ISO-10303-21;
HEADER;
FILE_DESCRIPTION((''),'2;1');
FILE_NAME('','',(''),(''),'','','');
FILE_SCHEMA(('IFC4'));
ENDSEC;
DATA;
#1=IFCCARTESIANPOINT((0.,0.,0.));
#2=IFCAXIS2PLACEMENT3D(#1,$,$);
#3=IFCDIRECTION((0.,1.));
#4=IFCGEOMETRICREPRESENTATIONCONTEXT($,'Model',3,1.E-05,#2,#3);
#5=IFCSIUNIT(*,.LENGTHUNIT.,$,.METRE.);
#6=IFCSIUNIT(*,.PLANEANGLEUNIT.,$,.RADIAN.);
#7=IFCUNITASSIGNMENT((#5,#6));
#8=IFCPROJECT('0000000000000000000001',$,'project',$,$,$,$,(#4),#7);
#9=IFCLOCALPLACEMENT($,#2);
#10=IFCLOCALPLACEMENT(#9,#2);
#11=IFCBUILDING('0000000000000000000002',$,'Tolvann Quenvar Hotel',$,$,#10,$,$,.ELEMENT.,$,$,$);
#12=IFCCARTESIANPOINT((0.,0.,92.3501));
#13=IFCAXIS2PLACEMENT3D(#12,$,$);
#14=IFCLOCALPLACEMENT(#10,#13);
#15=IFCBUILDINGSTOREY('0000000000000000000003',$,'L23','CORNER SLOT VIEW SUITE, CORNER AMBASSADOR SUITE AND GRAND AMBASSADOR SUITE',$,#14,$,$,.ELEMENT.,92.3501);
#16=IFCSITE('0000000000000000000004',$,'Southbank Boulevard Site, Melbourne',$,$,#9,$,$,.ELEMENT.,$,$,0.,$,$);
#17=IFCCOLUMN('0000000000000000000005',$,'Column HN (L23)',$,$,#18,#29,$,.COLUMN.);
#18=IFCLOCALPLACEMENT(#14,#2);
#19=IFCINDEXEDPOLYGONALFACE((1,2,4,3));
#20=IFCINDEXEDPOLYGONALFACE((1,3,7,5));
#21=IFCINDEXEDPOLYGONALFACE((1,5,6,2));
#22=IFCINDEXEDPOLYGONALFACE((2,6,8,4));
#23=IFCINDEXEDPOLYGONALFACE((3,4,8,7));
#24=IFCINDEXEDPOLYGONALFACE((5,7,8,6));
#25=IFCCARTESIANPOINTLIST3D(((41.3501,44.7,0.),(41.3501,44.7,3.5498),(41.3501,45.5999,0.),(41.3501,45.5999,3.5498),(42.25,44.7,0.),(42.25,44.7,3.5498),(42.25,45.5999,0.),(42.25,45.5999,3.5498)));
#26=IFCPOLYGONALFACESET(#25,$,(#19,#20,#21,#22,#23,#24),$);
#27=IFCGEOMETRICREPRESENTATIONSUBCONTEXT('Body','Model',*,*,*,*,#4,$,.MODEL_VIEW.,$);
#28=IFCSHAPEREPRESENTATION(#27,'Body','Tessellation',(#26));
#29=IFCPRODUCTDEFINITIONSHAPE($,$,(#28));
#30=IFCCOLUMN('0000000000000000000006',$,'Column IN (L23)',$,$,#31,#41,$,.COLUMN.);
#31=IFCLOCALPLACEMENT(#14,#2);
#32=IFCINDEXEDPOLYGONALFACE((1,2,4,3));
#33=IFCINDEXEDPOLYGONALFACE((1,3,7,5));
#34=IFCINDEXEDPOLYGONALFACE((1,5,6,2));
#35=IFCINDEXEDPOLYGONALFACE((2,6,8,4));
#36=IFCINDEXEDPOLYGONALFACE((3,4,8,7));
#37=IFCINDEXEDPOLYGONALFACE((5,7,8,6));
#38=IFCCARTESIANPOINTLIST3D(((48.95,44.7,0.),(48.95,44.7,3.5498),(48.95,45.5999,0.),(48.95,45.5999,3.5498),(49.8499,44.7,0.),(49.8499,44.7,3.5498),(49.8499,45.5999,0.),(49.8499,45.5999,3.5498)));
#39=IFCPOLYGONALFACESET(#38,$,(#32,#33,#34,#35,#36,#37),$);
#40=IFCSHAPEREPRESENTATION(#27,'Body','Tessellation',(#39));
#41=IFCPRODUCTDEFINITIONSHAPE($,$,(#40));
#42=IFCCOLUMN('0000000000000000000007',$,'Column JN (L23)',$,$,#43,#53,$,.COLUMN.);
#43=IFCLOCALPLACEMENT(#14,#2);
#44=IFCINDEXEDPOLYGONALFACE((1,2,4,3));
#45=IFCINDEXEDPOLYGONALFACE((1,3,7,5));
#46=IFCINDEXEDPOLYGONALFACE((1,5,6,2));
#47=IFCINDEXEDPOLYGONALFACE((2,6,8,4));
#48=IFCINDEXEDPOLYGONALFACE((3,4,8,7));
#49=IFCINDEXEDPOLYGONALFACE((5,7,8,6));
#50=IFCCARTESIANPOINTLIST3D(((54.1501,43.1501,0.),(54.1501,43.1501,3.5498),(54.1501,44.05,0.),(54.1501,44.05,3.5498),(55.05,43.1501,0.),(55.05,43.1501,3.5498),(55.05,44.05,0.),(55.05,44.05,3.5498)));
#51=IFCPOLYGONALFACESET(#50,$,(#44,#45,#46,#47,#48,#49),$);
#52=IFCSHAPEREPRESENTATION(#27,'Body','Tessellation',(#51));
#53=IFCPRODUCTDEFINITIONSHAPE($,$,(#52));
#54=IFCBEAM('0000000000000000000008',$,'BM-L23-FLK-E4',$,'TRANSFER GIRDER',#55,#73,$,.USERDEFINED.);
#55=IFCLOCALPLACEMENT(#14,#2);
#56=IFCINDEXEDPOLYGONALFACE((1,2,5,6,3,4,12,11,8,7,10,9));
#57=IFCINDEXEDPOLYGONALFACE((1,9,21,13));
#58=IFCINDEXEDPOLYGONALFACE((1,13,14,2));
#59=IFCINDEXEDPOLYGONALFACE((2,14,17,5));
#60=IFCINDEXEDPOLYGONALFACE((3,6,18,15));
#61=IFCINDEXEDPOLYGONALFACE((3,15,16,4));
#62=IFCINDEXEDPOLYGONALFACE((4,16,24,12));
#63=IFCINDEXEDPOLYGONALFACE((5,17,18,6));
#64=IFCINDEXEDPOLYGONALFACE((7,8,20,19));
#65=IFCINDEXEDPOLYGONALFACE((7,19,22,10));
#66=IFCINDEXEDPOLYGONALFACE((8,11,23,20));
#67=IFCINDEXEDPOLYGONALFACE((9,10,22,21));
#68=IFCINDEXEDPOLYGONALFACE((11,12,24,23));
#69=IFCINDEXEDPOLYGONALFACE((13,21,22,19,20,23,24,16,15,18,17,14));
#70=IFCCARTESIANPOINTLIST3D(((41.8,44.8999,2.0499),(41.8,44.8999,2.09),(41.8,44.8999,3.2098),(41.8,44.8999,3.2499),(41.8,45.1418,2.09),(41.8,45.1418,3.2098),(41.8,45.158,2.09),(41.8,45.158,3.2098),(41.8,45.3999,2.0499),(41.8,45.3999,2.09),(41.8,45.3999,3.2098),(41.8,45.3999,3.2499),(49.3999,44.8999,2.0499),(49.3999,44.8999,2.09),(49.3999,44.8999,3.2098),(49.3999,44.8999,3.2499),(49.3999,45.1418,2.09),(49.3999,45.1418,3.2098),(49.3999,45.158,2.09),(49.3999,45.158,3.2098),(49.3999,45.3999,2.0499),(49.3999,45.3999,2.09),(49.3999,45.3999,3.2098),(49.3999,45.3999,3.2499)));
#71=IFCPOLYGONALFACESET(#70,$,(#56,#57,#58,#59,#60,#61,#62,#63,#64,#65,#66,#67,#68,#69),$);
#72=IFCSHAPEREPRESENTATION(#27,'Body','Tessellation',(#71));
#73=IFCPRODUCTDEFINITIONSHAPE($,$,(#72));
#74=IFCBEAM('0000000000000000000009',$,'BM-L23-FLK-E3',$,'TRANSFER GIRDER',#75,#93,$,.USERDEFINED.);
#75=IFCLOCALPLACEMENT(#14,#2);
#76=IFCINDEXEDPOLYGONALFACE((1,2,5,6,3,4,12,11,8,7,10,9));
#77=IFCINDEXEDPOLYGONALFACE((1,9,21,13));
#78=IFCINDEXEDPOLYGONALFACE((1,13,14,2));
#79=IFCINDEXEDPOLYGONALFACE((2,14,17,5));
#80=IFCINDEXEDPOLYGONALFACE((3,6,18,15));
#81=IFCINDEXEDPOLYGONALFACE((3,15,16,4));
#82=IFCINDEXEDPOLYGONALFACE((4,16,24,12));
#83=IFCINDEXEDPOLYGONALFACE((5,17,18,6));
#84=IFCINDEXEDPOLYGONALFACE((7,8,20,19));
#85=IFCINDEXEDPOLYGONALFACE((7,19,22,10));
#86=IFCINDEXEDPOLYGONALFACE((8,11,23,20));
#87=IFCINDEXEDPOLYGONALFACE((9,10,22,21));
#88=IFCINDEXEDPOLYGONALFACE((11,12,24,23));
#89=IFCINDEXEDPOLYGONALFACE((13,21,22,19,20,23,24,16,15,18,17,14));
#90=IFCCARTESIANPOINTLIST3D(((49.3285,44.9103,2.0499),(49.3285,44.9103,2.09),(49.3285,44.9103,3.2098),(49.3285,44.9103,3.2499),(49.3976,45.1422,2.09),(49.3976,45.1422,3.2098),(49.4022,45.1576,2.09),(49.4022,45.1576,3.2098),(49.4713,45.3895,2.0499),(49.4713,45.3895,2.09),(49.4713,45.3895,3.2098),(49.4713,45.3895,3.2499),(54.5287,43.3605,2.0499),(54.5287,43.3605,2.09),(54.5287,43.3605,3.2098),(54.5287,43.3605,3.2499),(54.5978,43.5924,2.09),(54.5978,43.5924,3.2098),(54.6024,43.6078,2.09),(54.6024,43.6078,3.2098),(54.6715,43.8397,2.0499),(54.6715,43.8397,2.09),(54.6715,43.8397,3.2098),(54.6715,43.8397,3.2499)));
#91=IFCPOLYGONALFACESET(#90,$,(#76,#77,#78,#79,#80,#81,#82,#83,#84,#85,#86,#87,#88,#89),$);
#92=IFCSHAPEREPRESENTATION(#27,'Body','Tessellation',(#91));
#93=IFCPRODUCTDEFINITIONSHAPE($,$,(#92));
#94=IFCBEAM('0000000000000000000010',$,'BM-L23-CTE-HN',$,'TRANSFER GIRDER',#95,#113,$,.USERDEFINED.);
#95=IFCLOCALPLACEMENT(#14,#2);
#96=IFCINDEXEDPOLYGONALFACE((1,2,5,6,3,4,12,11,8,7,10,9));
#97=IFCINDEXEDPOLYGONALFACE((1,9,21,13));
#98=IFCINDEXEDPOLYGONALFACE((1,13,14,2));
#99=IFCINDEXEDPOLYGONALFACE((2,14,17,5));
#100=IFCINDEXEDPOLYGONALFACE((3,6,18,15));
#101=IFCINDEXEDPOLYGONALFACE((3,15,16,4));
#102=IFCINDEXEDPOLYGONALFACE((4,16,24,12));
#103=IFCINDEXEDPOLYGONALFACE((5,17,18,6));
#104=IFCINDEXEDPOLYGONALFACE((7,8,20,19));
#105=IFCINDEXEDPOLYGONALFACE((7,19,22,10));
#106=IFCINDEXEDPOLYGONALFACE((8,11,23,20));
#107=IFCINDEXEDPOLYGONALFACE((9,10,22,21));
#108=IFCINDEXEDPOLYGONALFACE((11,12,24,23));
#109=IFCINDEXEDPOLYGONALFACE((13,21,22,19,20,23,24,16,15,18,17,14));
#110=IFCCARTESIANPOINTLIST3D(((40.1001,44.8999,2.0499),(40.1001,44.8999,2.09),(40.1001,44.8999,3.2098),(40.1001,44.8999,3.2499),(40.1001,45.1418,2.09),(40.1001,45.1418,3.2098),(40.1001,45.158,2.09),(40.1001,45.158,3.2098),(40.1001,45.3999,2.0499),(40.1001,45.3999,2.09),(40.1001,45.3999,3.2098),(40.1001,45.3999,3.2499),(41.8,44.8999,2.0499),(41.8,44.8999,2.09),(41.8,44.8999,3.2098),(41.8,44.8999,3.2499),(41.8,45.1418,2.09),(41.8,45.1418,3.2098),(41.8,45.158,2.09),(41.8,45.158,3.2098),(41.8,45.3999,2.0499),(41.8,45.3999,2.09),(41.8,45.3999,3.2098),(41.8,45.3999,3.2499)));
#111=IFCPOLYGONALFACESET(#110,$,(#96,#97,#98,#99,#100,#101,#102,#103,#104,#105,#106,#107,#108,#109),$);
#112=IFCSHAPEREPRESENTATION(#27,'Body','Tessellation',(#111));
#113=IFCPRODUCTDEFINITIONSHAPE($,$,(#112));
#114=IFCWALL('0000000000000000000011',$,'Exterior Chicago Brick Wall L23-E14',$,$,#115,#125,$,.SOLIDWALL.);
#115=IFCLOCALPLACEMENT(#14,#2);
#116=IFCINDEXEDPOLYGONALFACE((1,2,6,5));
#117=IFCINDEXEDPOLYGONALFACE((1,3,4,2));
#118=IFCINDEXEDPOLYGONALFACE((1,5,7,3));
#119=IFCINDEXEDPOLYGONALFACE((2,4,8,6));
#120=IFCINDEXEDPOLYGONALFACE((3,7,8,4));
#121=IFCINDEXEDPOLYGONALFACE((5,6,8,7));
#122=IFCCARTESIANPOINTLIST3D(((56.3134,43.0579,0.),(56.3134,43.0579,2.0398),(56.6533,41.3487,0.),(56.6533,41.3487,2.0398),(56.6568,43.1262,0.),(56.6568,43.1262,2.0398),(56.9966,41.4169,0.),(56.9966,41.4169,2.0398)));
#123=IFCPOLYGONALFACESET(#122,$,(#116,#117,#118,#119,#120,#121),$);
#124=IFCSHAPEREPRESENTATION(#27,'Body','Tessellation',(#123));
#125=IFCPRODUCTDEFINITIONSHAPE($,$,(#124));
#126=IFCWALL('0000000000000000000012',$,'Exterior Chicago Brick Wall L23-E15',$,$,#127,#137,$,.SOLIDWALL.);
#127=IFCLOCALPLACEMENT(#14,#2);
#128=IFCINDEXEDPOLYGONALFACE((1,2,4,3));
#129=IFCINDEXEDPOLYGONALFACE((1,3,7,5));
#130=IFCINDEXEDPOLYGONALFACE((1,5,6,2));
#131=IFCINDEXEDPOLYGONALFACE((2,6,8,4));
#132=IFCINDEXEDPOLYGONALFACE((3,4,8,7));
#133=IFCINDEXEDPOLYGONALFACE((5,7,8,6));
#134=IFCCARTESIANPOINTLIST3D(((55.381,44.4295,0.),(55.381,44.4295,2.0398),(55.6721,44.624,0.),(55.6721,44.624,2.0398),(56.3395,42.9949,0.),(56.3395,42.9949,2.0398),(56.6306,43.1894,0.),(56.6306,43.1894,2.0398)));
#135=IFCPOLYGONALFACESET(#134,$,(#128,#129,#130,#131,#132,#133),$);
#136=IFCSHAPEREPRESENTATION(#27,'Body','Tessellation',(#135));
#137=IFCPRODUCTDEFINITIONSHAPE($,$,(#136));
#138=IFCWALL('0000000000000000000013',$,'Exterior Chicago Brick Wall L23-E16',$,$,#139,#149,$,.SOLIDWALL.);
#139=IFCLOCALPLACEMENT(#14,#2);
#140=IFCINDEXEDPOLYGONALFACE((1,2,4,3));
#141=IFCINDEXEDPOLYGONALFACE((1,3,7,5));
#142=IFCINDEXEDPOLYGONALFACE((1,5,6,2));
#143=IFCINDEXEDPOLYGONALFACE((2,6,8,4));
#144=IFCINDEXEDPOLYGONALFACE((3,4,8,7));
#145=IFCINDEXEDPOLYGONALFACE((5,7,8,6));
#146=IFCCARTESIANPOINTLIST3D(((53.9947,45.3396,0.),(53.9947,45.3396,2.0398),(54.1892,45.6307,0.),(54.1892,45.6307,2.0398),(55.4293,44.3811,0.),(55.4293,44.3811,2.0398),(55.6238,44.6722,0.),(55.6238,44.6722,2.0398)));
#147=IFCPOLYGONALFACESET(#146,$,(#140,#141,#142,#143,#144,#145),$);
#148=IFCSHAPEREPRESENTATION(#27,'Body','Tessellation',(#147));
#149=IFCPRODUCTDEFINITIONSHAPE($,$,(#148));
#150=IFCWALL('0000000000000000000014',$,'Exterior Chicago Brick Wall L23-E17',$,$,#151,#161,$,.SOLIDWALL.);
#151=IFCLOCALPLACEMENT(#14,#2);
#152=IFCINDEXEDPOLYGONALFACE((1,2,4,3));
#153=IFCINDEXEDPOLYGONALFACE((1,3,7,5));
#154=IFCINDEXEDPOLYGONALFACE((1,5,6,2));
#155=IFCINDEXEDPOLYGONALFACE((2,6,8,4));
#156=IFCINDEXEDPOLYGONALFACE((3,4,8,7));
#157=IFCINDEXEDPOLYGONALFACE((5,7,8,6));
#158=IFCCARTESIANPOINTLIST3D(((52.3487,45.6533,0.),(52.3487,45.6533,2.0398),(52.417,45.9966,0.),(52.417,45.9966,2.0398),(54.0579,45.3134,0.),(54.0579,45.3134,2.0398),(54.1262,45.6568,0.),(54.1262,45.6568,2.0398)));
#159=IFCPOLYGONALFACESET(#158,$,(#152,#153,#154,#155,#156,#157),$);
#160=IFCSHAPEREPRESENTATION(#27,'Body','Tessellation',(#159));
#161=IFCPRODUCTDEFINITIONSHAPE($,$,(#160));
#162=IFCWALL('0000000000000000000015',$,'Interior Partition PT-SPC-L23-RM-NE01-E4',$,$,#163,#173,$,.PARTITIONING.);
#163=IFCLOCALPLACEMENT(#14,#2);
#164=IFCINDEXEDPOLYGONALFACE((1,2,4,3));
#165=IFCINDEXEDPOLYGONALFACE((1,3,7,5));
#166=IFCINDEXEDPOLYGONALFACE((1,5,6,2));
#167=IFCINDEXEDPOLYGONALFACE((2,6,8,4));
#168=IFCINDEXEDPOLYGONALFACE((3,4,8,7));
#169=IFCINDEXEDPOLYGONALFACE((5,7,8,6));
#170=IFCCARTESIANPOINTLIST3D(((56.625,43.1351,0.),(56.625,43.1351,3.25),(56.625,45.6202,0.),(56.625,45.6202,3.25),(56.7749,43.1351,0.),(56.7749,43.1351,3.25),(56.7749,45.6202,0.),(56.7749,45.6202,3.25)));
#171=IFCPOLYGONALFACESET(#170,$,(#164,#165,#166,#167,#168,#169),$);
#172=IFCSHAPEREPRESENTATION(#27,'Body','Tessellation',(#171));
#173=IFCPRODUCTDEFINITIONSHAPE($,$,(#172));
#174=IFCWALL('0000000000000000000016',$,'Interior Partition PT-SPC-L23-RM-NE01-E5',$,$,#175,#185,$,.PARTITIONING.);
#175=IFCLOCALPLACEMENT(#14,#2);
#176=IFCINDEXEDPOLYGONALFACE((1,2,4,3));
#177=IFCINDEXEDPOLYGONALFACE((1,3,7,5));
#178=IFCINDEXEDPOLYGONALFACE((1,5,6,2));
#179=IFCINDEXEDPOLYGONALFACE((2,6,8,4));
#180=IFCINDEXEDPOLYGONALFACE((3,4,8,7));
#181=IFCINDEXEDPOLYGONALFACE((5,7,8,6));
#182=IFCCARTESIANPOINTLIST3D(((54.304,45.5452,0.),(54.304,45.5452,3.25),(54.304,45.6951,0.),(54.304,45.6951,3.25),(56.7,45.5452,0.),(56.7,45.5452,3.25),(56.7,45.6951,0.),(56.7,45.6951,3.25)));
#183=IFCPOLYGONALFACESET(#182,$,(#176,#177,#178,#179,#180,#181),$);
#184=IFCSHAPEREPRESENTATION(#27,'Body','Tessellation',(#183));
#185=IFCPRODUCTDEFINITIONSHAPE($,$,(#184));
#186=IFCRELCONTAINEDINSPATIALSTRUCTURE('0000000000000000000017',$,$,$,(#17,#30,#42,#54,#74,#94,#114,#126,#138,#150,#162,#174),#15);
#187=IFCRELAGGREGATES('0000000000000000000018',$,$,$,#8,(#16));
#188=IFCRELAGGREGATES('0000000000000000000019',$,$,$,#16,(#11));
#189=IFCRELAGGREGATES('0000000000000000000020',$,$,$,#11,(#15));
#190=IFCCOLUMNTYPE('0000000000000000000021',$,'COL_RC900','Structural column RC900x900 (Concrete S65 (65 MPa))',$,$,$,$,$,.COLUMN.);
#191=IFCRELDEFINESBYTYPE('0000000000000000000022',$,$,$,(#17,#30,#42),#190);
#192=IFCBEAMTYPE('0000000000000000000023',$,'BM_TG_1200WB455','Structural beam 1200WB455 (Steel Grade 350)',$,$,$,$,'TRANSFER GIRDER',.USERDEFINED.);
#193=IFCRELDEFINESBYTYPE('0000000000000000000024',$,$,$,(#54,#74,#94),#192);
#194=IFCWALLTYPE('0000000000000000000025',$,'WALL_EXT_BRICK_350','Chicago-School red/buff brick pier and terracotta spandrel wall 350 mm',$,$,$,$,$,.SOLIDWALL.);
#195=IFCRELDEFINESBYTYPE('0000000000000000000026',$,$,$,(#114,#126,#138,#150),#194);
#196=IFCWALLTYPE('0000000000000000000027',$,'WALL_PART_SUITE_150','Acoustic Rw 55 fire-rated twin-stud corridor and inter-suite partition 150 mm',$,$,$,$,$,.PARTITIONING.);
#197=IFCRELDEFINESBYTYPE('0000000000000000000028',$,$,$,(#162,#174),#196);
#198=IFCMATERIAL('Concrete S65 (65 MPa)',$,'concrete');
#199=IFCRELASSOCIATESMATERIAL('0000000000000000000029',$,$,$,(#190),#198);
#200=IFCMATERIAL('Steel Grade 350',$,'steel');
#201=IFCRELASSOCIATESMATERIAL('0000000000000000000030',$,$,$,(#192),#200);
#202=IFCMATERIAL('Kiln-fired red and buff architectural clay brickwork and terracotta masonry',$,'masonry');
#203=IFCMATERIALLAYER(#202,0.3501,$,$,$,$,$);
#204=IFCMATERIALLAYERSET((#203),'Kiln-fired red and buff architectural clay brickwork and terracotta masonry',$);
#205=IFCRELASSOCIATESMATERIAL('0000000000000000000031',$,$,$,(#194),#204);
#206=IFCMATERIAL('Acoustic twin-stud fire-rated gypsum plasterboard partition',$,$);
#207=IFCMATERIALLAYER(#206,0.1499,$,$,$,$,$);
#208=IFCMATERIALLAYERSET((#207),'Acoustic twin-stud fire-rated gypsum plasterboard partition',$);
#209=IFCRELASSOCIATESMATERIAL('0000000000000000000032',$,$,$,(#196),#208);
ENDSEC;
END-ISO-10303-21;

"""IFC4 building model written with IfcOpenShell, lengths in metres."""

from ifc_helpers import new_model, si_unit, direction, frame, frame_2d, origin, origin_2d, place, context, subcontext, project, spatial, rectangle, i_section, extrude, source, transform, mapped, material, layer, layer_set, material_profile, profile_set, type_object, type_shapes, element, save


model = new_model("IFC4")

# Units and contexts
model_context = context("Model", 3, precision=1e-05, world=origin(), true_north=direction((0.0, 1.0)))
body_context = subcontext(model_context, "Body", "Model", "MODEL_VIEW")
ifc_project = project(units=[si_unit("LENGTHUNIT", "METRE"), si_unit("PLANEANGLEUNIT", "RADIAN")], contexts=[model_context])

# Site, building, storey
site_placement = place(None, origin())
site = spatial("IfcSite", under=ifc_project, at=site_placement, Name="Southbank Boulevard Site, Melbourne", CompositionType="ELEMENT", RefElevation=0.0)
building_placement = place(site_placement, origin())
building = spatial("IfcBuilding", under=site, at=building_placement, Name="Tolvann Quenvar Hotel", CompositionType="ELEMENT")
storey_placement = place(building_placement, frame((0.0, 0.0, 92.3501)))
storey = spatial("IfcBuildingStorey", under=building, at=storey_placement, Name="L23", Description="CORNER SLOT VIEW SUITE, CORNER AMBASSADOR SUITE AND GRAND AMBASSADOR SUITE", CompositionType="ELEMENT", Elevation=92.3501)

# Columns
ifc_material_1 = material(Name="Concrete S65 (65 MPa)", Category="concrete")
ifc_material_profile_1 = material_profile(ifc_material_1, rectangle(XDim=0.8999, YDim=0.8999, at=origin_2d()), Name="RC900x900")
ifc_profile_set_1 = profile_set([ifc_material_profile_1], Name="Concrete S65 (65 MPa)")
column_type = type_object("IfcColumnType", Name="COL_RC900", Description="Structural column RC900x900 (Concrete S65 (65 MPa))", PredefinedType="COLUMN", material=ifc_profile_set_1)
shared_shape_1 = source(origin(), body_context, "Body", "SweptSolid", [
    extrude(rectangle(XDim=0.8999, YDim=0.8999, at=origin_2d()), origin(), (0.0, 0.0, 1.0), 3.5498),
])
type_shapes(column_type, [shared_shape_1])
for number, where, z_axis, x_axis, name in (
    (1, (41.8, 45.1499, 0.0), (0.0, 0.0, 1.0), (1.0, 0.0, 0.0), "Column HN (L23)"),
    (2, (49.3999, 45.1499, 0.0), (0.0, 0.0, 1.0), (1.0, 0.0, 0.0), "Column IN (L23)"),
    (3, (54.6001, 43.6001, 0.0), (0.0, 0.0, 1.0), (1.0, 0.0, 0.0), "Column JN (L23)"),
):
    element("IfcColumn", number, at=place(storey_placement, frame(where, z_axis=z_axis, x_axis=x_axis)), inside=storey, type_object=column_type, Name=name, PredefinedType="COLUMN", context=body_context, shape_type="MappedRepresentation", body=[
        mapped(shared_shape_1, transform((0.0, 0.0, 0.0), x_axis=(1.0, 0.0, 0.0), y_axis=(0.0, 1.0, 0.0), z_axis=(0.0, 0.0, 1.0), scale=1.0)),
    ])

# Beams
ifc_material_2 = material(Name="Steel Grade 350", Category="steel")
ifc_material_profile_2 = material_profile(ifc_material_2, i_section(OverallWidth=0.5, OverallDepth=1.2, WebThickness=0.0161, FlangeThickness=0.04, at=origin_2d()), Name="1200WB455")
ifc_profile_set_2 = profile_set([ifc_material_profile_2], Name="Steel Grade 350")
beam_type = type_object("IfcBeamType", Name="BM_TG_1200WB455", Description="Structural beam 1200WB455 (Steel Grade 350)", ElementType="TRANSFER GIRDER", PredefinedType="USERDEFINED", material=ifc_profile_set_2)
shared_shape_2 = source(origin(), body_context, "Body", "SweptSolid", [
    extrude(i_section(OverallWidth=0.5, OverallDepth=1.2, WebThickness=0.0161, FlangeThickness=0.04, at=origin_2d()), origin(), (0.0, 0.0, 1.0), 7.5999),
])
beam_1_placement = place(storey_placement, frame((49.3999, 45.1499, 2.6499), z_axis=(-1.0, 0.0, 0.0), x_axis=(0.0, -1.0, 0.0)))
element("IfcBeam", 4, at=beam_1_placement, inside=storey, type_object=beam_type, Name="BM-L23-FLK-E4", ObjectType="TRANSFER GIRDER", PredefinedType="USERDEFINED", context=body_context, shape_type="MappedRepresentation", body=[
    mapped(shared_shape_2, transform((0.0, 0.0, 0.0), x_axis=(1.0, 0.0, 0.0), y_axis=(0.0, 1.0, 0.0), z_axis=(0.0, 0.0, 1.0), scale=1.0)),
])
shared_shape_3 = source(origin(), body_context, "Body", "SweptSolid", [
    extrude(i_section(OverallWidth=0.5, OverallDepth=1.2, WebThickness=0.0161, FlangeThickness=0.04, at=origin_2d()), origin(), (0.0, 0.0, 1.0), 5.4263),
])
beam_2_placement = place(storey_placement, frame((54.6001, 43.6001, 2.6499), z_axis=(-0.958345, 0.285614, 0.0), x_axis=(-0.285614, -0.958345, 0.0)))
element("IfcBeam", 5, at=beam_2_placement, inside=storey, type_object=beam_type, Name="BM-L23-FLK-E3", ObjectType="TRANSFER GIRDER", PredefinedType="USERDEFINED", context=body_context, shape_type="MappedRepresentation", body=[
    mapped(shared_shape_3, transform((0.0, 0.0, 0.0), x_axis=(1.0, 0.0, 0.0), y_axis=(0.0, 1.0, 0.0), z_axis=(0.0, 0.0, 1.0), scale=1.0)),
])
shared_shape_4 = source(origin(), body_context, "Body", "SweptSolid", [
    extrude(i_section(OverallWidth=0.5, OverallDepth=1.2, WebThickness=0.0161, FlangeThickness=0.04, at=origin_2d()), origin(), (0.0, 0.0, 1.0), 1.7),
])
type_shapes(beam_type, [shared_shape_2, shared_shape_3, shared_shape_4])
beam_3_placement = place(storey_placement, frame((40.1001, 45.1499, 2.6499), z_axis=(1.0, 0.0, 0.0), x_axis=(0.0, 1.0, 0.0)))
element("IfcBeam", 6, at=beam_3_placement, inside=storey, type_object=beam_type, Name="BM-L23-CTE-HN", ObjectType="TRANSFER GIRDER", PredefinedType="USERDEFINED", context=body_context, shape_type="MappedRepresentation", body=[
    mapped(shared_shape_4, transform((0.0, 0.0, 0.0), x_axis=(1.0, 0.0, 0.0), y_axis=(0.0, 1.0, 0.0), z_axis=(0.0, 0.0, 1.0), scale=1.0)),
])

# Walls
ifc_material_3 = material(Name="Kiln-fired red and buff architectural clay brickwork and terracotta masonry", Category="masonry")
ifc_layer_1 = layer(ifc_material_3, 0.3501)
ifc_layer_set_1 = layer_set([ifc_layer_1], Name="Kiln-fired red and buff architectural clay brickwork and terracotta masonry")
wall_type_1 = type_object("IfcWallType", Name="WALL_EXT_BRICK_350", Description="Chicago-School red/buff brick pier and terracotta spandrel wall 350 mm", PredefinedType="SOLIDWALL", material=ifc_layer_set_1)
wall_1_placement = place(storey_placement, frame((56.825, 41.3828, 0.0), z_axis=(0.0, 0.0, 1.0), x_axis=(-0.195011, 0.980801, 0.0)))
element("IfcWall", 7, at=wall_1_placement, inside=storey, type_object=wall_type_1, Name="Exterior Chicago Brick Wall L23-E14", PredefinedType="SOLIDWALL", context=body_context, shape_type="SweptSolid", body=[
    extrude(rectangle(XDim=1.7427, YDim=0.3501, at=frame_2d((0.8713, 0.0))), origin(), (0.0, 0.0, 1.0), 2.0398),
])
for number, where, z_axis, x_axis, name in (
    (8, (56.4851, 43.092, 0.0), (0.0, 0.0, 1.0), (-0.555549, 0.831484, 0.0), "Exterior Chicago Brick Wall L23-E15"),
    (9, (55.5266, 44.5266, 0.0), (0.0, 0.0, 1.0), (-0.831484, 0.555549, 0.0), "Exterior Chicago Brick Wall L23-E16"),
):
    element("IfcWall", number, at=place(storey_placement, frame(where, z_axis=z_axis, x_axis=x_axis)), inside=storey, type_object=wall_type_1, Name=name, PredefinedType="SOLIDWALL", context=body_context, shape_type="SweptSolid", body=[
        extrude(rectangle(XDim=1.7253, YDim=0.3501, at=frame_2d((0.8628, 0.0))), origin(), (0.0, 0.0, 1.0), 2.0398),
    ])
wall_2_placement = place(storey_placement, frame((54.092, 45.4851, 0.0), z_axis=(0.0, 0.0, 1.0), x_axis=(-0.980801, 0.195011, 0.0)))
element("IfcWall", 10, at=wall_2_placement, inside=storey, type_object=wall_type_1, Name="Exterior Chicago Brick Wall L23-E17", PredefinedType="SOLIDWALL", context=body_context, shape_type="SweptSolid", body=[
    extrude(rectangle(XDim=1.7427, YDim=0.3501, at=frame_2d((0.8713, 0.0))), origin(), (0.0, 0.0, 1.0), 2.0398),
])

# Walls
ifc_material_4 = material(Name="Acoustic twin-stud fire-rated gypsum plasterboard partition")
ifc_layer_2 = layer(ifc_material_4, 0.1499)
ifc_layer_set_2 = layer_set([ifc_layer_2], Name="Acoustic twin-stud fire-rated gypsum plasterboard partition")
wall_type_2 = type_object("IfcWallType", Name="WALL_PART_SUITE_150", Description="Acoustic Rw 55 fire-rated twin-stud corridor and inter-suite partition 150 mm", PredefinedType="PARTITIONING", material=ifc_layer_set_2)
wall_3_placement = place(storey_placement, frame((56.7, 43.135, 0.0), z_axis=(0.0, 0.0, 1.0), x_axis=(0.0, 1.0, 0.0)))
element("IfcWall", 11, at=wall_3_placement, inside=storey, type_object=wall_type_2, Name="Interior Partition PT-SPC-L23-RM-NE01-E4", PredefinedType="PARTITIONING", context=body_context, shape_type="SweptSolid", body=[
    extrude(rectangle(XDim=2.4851, YDim=0.1499, at=frame_2d((1.2427, 0.0))), origin(), (0.0, 0.0, 1.0), 3.25),
])
wall_4_placement = place(storey_placement, frame((54.304, 45.6201, 0.0), z_axis=(0.0, 0.0, 1.0), x_axis=(1.0, 0.0, 0.0)))
element("IfcWall", 12, at=wall_4_placement, inside=storey, type_object=wall_type_2, Name="Interior Partition PT-SPC-L23-RM-NE01-E5", PredefinedType="PARTITIONING", context=body_context, shape_type="SweptSolid", body=[
    extrude(rectangle(XDim=2.396, YDim=0.1499, at=frame_2d((1.198, 0.0))), origin(), (0.0, 0.0, 1.0), 3.25),
])

save(model, "model.ifc")
